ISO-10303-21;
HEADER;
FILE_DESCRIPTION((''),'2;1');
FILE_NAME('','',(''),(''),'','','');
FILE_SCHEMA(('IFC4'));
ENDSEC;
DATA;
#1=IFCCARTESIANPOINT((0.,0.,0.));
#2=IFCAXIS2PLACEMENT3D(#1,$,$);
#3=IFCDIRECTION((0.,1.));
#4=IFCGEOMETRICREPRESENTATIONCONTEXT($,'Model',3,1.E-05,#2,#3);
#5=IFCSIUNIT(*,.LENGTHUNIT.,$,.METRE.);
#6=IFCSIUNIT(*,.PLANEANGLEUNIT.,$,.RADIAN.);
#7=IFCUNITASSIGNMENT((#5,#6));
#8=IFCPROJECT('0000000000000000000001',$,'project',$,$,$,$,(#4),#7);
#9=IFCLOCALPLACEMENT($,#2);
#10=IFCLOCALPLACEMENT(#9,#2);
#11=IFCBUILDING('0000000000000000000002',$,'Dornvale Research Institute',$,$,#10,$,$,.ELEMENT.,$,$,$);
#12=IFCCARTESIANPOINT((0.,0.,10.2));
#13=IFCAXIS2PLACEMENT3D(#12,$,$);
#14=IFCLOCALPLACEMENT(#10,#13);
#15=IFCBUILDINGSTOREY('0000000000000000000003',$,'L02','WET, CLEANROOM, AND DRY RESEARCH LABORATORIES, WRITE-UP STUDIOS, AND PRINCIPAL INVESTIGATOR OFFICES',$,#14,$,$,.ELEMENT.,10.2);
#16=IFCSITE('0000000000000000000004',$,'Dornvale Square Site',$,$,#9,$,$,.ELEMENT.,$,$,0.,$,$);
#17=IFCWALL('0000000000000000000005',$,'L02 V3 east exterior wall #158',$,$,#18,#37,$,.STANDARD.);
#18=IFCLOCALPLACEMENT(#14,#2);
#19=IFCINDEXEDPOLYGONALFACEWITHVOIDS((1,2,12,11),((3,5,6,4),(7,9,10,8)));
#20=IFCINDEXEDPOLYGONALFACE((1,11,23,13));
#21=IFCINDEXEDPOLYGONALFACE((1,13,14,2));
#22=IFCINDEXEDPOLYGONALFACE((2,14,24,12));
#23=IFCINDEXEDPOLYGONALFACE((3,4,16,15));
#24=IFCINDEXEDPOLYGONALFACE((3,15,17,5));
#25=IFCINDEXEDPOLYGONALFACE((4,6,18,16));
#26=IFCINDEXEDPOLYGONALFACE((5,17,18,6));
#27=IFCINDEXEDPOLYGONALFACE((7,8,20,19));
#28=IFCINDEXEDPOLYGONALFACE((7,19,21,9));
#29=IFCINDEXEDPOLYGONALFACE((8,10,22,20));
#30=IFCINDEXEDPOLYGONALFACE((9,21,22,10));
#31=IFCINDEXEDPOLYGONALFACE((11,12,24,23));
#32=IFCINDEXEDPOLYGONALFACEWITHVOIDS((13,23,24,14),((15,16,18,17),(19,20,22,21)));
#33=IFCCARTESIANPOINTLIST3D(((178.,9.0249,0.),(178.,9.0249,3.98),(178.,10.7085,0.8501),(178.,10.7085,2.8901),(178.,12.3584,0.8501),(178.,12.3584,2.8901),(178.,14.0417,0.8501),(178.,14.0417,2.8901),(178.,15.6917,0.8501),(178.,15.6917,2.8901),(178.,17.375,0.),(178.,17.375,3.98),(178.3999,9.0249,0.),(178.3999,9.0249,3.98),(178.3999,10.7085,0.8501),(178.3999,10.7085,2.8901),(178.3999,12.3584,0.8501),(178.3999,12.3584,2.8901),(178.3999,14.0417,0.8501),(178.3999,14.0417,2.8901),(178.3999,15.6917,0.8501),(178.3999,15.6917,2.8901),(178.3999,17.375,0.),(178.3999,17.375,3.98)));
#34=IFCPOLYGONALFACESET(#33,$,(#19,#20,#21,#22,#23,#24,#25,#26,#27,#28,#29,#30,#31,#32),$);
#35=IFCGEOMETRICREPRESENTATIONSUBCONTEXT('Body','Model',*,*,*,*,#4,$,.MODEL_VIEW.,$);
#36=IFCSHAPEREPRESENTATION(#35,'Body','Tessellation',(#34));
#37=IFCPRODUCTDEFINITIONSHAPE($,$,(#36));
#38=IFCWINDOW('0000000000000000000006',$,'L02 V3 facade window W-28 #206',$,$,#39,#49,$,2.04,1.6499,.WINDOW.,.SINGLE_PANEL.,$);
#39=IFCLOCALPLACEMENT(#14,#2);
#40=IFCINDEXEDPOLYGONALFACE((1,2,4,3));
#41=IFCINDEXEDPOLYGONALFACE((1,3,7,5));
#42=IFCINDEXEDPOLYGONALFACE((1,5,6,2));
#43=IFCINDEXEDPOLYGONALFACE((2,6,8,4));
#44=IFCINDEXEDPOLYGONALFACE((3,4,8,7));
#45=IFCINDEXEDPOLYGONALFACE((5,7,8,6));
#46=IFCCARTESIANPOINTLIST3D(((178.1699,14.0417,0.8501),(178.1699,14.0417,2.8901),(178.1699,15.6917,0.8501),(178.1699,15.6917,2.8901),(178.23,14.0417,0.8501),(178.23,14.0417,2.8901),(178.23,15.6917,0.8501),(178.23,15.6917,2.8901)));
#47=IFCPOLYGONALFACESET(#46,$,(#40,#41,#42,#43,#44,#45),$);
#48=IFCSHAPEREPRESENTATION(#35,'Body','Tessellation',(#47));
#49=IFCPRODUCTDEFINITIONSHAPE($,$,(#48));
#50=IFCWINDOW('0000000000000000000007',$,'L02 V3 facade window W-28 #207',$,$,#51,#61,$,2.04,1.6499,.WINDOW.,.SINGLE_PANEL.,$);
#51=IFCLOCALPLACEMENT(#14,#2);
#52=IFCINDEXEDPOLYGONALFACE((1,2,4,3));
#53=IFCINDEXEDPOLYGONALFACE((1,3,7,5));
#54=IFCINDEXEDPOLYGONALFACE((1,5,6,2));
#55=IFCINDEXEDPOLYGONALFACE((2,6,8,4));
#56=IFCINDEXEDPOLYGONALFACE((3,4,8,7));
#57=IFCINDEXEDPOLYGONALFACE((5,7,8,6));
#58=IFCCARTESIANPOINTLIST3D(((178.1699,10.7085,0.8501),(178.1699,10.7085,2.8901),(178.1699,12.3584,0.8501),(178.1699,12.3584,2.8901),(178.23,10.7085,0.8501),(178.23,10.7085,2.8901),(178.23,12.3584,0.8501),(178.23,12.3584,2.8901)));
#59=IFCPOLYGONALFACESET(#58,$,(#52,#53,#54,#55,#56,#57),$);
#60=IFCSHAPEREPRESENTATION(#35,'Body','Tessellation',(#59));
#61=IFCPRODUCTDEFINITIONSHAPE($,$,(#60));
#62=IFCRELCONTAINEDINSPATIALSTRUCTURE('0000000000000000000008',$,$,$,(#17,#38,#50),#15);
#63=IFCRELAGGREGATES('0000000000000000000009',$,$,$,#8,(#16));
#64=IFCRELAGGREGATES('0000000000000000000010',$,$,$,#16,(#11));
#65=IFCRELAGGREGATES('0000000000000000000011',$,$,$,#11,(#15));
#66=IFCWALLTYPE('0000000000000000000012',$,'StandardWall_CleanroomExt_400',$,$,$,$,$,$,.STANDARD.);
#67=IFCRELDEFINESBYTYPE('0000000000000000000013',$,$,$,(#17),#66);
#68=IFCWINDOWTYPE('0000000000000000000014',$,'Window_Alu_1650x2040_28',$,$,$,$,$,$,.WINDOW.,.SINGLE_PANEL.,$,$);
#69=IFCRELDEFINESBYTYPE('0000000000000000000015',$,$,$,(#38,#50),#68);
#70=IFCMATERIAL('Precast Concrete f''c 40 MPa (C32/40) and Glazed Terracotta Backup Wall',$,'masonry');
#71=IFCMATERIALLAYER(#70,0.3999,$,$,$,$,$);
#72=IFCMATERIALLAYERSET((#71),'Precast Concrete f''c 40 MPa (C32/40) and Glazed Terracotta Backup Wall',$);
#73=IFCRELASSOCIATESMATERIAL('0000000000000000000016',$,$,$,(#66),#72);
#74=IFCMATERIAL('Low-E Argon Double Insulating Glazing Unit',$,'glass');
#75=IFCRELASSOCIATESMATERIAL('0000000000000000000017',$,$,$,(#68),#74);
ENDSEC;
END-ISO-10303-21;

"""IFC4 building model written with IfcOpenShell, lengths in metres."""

from ifc_helpers import new_model, si_unit, direction, frame, frame_2d, origin, place, context, subcontext, project, spatial, rectangle, extrude, material, layer, layer_set, type_object, element, fill, save


model = new_model("IFC4")

# Units and contexts
model_context = context("Model", 3, precision=1e-05, world=origin(), true_north=direction((0.0, 1.0)))
body_context = subcontext(model_context, "Body", "Model", "MODEL_VIEW")
ifc_project = project(units=[si_unit("LENGTHUNIT", "METRE"), si_unit("PLANEANGLEUNIT", "RADIAN")], contexts=[model_context])

# Site, building, storey
site_placement = place(None, origin())
site = spatial("IfcSite", under=ifc_project, at=site_placement, Name="Dornvale Square Site", CompositionType="ELEMENT", RefElevation=0.0)
building_placement = place(site_placement, origin())
building = spatial("IfcBuilding", under=site, at=building_placement, Name="Dornvale Research Institute", CompositionType="ELEMENT")
storey_placement = place(building_placement, frame((0.0, 0.0, 10.2)))
storey = spatial("IfcBuildingStorey", under=building, at=storey_placement, Name="L02", Description="WET, CLEANROOM, AND DRY RESEARCH LABORATORIES, WRITE-UP STUDIOS, AND PRINCIPAL INVESTIGATOR OFFICES", CompositionType="ELEMENT", Elevation=10.2)

# Wall, openings, windows
ifc_material_1 = material(Name="Precast Concrete f'c 40 MPa (C32/40) and Glazed Terracotta Backup Wall", Category="masonry")
ifc_layer_1 = layer(ifc_material_1, 0.3999)
ifc_layer_set_1 = layer_set([ifc_layer_1], Name="Precast Concrete f'c 40 MPa (C32/40) and Glazed Terracotta Backup Wall")
wall_type_1 = type_object("IfcWallType", Name="StandardWall_CleanroomExt_400", PredefinedType="STANDARD", material=ifc_layer_set_1)
ifc_material_2 = material(Name="Low-E Argon Double Insulating Glazing Unit", Category="glass")
window_type = type_object("IfcWindowType", Name="Window_Alu_1650x2040_28", PartitioningType="SINGLE_PANEL", PredefinedType="WINDOW", material=ifc_material_2)
wall_1_placement = place(storey_placement, frame((178.2, 17.375, 0.0), z_axis=(0.0, 0.0, 1.0), x_axis=(0.0, -1.0, 0.0)))
wall_1 = element("IfcWall", 1, at=wall_1_placement, inside=storey, type_object=wall_type_1, Name="L02 V3 east exterior wall #158", PredefinedType="STANDARD", context=body_context, shape_type="SweptSolid", body=[
    extrude(rectangle(XDim=8.3501, YDim=0.3999, at=frame_2d((4.175, 0.0))), origin(), (0.0, 0.0, 1.0), 3.98),
])
opening_1_placement = place(wall_1_placement, frame((1.6833, 0.0, 0.8501)))
opening_1 = element("IfcOpeningElement", 2, at=opening_1_placement, cuts=wall_1, PredefinedType="OPENING", context=body_context, shape_type="SweptSolid", body=[
    extrude(rectangle(XDim=1.6499, YDim=2.04, at=frame_2d((0.825, 1.02))), frame((0.0, 0.2148, 0.0), z_axis=(0.0, -1.0, 0.0), x_axis=(1.0, 0.0, 0.0)), (0.0, 0.0, 1.0), 0.4299),
])
opening_2_placement = place(wall_1_placement, frame((5.0166, 0.0, 0.8501)))
opening_2 = element("IfcOpeningElement", 3, at=opening_2_placement, cuts=wall_1, PredefinedType="OPENING", context=body_context, shape_type="SweptSolid", body=[
    extrude(rectangle(XDim=1.6499, YDim=2.04, at=frame_2d((0.825, 1.02))), frame((0.0, 0.2148, 0.0), z_axis=(0.0, -1.0, 0.0), x_axis=(1.0, 0.0, 0.0)), (0.0, 0.0, 1.0), 0.4299),
])
window_1_placement = place(opening_1_placement, origin())
window_1 = element("IfcWindow", 4, at=window_1_placement, inside=storey, type_object=window_type, Name="L02 V3 facade window W-28 #206", OverallHeight=2.04, OverallWidth=1.6499, PartitioningType="SINGLE_PANEL", PredefinedType="WINDOW", context=body_context, shape_type="SweptSolid", body=[
    extrude(rectangle(XDim=1.6499, YDim=2.04, at=frame_2d((0.825, 1.02))), frame((0.0, 0.03, 0.0), z_axis=(0.0, -1.0, 0.0), x_axis=(1.0, 0.0, 0.0)), (0.0, 0.0, 1.0), 0.0601),
])
fill(opening_1, window_1)
window_2_placement = place(opening_2_placement, origin())
window_2 = element("IfcWindow", 5, at=window_2_placement, inside=storey, type_object=window_type, Name="L02 V3 facade window W-28 #207", OverallHeight=2.04, OverallWidth=1.6499, PartitioningType="SINGLE_PANEL", PredefinedType="WINDOW", context=body_context, shape_type="SweptSolid", body=[
    extrude(rectangle(XDim=1.6499, YDim=2.04, at=frame_2d((0.825, 1.02))), frame((0.0, 0.03, 0.0), z_axis=(0.0, -1.0, 0.0), x_axis=(1.0, 0.0, 0.0)), (0.0, 0.0, 1.0), 0.0601),
])
fill(opening_2, window_2)

save(model, "model.ifc")
